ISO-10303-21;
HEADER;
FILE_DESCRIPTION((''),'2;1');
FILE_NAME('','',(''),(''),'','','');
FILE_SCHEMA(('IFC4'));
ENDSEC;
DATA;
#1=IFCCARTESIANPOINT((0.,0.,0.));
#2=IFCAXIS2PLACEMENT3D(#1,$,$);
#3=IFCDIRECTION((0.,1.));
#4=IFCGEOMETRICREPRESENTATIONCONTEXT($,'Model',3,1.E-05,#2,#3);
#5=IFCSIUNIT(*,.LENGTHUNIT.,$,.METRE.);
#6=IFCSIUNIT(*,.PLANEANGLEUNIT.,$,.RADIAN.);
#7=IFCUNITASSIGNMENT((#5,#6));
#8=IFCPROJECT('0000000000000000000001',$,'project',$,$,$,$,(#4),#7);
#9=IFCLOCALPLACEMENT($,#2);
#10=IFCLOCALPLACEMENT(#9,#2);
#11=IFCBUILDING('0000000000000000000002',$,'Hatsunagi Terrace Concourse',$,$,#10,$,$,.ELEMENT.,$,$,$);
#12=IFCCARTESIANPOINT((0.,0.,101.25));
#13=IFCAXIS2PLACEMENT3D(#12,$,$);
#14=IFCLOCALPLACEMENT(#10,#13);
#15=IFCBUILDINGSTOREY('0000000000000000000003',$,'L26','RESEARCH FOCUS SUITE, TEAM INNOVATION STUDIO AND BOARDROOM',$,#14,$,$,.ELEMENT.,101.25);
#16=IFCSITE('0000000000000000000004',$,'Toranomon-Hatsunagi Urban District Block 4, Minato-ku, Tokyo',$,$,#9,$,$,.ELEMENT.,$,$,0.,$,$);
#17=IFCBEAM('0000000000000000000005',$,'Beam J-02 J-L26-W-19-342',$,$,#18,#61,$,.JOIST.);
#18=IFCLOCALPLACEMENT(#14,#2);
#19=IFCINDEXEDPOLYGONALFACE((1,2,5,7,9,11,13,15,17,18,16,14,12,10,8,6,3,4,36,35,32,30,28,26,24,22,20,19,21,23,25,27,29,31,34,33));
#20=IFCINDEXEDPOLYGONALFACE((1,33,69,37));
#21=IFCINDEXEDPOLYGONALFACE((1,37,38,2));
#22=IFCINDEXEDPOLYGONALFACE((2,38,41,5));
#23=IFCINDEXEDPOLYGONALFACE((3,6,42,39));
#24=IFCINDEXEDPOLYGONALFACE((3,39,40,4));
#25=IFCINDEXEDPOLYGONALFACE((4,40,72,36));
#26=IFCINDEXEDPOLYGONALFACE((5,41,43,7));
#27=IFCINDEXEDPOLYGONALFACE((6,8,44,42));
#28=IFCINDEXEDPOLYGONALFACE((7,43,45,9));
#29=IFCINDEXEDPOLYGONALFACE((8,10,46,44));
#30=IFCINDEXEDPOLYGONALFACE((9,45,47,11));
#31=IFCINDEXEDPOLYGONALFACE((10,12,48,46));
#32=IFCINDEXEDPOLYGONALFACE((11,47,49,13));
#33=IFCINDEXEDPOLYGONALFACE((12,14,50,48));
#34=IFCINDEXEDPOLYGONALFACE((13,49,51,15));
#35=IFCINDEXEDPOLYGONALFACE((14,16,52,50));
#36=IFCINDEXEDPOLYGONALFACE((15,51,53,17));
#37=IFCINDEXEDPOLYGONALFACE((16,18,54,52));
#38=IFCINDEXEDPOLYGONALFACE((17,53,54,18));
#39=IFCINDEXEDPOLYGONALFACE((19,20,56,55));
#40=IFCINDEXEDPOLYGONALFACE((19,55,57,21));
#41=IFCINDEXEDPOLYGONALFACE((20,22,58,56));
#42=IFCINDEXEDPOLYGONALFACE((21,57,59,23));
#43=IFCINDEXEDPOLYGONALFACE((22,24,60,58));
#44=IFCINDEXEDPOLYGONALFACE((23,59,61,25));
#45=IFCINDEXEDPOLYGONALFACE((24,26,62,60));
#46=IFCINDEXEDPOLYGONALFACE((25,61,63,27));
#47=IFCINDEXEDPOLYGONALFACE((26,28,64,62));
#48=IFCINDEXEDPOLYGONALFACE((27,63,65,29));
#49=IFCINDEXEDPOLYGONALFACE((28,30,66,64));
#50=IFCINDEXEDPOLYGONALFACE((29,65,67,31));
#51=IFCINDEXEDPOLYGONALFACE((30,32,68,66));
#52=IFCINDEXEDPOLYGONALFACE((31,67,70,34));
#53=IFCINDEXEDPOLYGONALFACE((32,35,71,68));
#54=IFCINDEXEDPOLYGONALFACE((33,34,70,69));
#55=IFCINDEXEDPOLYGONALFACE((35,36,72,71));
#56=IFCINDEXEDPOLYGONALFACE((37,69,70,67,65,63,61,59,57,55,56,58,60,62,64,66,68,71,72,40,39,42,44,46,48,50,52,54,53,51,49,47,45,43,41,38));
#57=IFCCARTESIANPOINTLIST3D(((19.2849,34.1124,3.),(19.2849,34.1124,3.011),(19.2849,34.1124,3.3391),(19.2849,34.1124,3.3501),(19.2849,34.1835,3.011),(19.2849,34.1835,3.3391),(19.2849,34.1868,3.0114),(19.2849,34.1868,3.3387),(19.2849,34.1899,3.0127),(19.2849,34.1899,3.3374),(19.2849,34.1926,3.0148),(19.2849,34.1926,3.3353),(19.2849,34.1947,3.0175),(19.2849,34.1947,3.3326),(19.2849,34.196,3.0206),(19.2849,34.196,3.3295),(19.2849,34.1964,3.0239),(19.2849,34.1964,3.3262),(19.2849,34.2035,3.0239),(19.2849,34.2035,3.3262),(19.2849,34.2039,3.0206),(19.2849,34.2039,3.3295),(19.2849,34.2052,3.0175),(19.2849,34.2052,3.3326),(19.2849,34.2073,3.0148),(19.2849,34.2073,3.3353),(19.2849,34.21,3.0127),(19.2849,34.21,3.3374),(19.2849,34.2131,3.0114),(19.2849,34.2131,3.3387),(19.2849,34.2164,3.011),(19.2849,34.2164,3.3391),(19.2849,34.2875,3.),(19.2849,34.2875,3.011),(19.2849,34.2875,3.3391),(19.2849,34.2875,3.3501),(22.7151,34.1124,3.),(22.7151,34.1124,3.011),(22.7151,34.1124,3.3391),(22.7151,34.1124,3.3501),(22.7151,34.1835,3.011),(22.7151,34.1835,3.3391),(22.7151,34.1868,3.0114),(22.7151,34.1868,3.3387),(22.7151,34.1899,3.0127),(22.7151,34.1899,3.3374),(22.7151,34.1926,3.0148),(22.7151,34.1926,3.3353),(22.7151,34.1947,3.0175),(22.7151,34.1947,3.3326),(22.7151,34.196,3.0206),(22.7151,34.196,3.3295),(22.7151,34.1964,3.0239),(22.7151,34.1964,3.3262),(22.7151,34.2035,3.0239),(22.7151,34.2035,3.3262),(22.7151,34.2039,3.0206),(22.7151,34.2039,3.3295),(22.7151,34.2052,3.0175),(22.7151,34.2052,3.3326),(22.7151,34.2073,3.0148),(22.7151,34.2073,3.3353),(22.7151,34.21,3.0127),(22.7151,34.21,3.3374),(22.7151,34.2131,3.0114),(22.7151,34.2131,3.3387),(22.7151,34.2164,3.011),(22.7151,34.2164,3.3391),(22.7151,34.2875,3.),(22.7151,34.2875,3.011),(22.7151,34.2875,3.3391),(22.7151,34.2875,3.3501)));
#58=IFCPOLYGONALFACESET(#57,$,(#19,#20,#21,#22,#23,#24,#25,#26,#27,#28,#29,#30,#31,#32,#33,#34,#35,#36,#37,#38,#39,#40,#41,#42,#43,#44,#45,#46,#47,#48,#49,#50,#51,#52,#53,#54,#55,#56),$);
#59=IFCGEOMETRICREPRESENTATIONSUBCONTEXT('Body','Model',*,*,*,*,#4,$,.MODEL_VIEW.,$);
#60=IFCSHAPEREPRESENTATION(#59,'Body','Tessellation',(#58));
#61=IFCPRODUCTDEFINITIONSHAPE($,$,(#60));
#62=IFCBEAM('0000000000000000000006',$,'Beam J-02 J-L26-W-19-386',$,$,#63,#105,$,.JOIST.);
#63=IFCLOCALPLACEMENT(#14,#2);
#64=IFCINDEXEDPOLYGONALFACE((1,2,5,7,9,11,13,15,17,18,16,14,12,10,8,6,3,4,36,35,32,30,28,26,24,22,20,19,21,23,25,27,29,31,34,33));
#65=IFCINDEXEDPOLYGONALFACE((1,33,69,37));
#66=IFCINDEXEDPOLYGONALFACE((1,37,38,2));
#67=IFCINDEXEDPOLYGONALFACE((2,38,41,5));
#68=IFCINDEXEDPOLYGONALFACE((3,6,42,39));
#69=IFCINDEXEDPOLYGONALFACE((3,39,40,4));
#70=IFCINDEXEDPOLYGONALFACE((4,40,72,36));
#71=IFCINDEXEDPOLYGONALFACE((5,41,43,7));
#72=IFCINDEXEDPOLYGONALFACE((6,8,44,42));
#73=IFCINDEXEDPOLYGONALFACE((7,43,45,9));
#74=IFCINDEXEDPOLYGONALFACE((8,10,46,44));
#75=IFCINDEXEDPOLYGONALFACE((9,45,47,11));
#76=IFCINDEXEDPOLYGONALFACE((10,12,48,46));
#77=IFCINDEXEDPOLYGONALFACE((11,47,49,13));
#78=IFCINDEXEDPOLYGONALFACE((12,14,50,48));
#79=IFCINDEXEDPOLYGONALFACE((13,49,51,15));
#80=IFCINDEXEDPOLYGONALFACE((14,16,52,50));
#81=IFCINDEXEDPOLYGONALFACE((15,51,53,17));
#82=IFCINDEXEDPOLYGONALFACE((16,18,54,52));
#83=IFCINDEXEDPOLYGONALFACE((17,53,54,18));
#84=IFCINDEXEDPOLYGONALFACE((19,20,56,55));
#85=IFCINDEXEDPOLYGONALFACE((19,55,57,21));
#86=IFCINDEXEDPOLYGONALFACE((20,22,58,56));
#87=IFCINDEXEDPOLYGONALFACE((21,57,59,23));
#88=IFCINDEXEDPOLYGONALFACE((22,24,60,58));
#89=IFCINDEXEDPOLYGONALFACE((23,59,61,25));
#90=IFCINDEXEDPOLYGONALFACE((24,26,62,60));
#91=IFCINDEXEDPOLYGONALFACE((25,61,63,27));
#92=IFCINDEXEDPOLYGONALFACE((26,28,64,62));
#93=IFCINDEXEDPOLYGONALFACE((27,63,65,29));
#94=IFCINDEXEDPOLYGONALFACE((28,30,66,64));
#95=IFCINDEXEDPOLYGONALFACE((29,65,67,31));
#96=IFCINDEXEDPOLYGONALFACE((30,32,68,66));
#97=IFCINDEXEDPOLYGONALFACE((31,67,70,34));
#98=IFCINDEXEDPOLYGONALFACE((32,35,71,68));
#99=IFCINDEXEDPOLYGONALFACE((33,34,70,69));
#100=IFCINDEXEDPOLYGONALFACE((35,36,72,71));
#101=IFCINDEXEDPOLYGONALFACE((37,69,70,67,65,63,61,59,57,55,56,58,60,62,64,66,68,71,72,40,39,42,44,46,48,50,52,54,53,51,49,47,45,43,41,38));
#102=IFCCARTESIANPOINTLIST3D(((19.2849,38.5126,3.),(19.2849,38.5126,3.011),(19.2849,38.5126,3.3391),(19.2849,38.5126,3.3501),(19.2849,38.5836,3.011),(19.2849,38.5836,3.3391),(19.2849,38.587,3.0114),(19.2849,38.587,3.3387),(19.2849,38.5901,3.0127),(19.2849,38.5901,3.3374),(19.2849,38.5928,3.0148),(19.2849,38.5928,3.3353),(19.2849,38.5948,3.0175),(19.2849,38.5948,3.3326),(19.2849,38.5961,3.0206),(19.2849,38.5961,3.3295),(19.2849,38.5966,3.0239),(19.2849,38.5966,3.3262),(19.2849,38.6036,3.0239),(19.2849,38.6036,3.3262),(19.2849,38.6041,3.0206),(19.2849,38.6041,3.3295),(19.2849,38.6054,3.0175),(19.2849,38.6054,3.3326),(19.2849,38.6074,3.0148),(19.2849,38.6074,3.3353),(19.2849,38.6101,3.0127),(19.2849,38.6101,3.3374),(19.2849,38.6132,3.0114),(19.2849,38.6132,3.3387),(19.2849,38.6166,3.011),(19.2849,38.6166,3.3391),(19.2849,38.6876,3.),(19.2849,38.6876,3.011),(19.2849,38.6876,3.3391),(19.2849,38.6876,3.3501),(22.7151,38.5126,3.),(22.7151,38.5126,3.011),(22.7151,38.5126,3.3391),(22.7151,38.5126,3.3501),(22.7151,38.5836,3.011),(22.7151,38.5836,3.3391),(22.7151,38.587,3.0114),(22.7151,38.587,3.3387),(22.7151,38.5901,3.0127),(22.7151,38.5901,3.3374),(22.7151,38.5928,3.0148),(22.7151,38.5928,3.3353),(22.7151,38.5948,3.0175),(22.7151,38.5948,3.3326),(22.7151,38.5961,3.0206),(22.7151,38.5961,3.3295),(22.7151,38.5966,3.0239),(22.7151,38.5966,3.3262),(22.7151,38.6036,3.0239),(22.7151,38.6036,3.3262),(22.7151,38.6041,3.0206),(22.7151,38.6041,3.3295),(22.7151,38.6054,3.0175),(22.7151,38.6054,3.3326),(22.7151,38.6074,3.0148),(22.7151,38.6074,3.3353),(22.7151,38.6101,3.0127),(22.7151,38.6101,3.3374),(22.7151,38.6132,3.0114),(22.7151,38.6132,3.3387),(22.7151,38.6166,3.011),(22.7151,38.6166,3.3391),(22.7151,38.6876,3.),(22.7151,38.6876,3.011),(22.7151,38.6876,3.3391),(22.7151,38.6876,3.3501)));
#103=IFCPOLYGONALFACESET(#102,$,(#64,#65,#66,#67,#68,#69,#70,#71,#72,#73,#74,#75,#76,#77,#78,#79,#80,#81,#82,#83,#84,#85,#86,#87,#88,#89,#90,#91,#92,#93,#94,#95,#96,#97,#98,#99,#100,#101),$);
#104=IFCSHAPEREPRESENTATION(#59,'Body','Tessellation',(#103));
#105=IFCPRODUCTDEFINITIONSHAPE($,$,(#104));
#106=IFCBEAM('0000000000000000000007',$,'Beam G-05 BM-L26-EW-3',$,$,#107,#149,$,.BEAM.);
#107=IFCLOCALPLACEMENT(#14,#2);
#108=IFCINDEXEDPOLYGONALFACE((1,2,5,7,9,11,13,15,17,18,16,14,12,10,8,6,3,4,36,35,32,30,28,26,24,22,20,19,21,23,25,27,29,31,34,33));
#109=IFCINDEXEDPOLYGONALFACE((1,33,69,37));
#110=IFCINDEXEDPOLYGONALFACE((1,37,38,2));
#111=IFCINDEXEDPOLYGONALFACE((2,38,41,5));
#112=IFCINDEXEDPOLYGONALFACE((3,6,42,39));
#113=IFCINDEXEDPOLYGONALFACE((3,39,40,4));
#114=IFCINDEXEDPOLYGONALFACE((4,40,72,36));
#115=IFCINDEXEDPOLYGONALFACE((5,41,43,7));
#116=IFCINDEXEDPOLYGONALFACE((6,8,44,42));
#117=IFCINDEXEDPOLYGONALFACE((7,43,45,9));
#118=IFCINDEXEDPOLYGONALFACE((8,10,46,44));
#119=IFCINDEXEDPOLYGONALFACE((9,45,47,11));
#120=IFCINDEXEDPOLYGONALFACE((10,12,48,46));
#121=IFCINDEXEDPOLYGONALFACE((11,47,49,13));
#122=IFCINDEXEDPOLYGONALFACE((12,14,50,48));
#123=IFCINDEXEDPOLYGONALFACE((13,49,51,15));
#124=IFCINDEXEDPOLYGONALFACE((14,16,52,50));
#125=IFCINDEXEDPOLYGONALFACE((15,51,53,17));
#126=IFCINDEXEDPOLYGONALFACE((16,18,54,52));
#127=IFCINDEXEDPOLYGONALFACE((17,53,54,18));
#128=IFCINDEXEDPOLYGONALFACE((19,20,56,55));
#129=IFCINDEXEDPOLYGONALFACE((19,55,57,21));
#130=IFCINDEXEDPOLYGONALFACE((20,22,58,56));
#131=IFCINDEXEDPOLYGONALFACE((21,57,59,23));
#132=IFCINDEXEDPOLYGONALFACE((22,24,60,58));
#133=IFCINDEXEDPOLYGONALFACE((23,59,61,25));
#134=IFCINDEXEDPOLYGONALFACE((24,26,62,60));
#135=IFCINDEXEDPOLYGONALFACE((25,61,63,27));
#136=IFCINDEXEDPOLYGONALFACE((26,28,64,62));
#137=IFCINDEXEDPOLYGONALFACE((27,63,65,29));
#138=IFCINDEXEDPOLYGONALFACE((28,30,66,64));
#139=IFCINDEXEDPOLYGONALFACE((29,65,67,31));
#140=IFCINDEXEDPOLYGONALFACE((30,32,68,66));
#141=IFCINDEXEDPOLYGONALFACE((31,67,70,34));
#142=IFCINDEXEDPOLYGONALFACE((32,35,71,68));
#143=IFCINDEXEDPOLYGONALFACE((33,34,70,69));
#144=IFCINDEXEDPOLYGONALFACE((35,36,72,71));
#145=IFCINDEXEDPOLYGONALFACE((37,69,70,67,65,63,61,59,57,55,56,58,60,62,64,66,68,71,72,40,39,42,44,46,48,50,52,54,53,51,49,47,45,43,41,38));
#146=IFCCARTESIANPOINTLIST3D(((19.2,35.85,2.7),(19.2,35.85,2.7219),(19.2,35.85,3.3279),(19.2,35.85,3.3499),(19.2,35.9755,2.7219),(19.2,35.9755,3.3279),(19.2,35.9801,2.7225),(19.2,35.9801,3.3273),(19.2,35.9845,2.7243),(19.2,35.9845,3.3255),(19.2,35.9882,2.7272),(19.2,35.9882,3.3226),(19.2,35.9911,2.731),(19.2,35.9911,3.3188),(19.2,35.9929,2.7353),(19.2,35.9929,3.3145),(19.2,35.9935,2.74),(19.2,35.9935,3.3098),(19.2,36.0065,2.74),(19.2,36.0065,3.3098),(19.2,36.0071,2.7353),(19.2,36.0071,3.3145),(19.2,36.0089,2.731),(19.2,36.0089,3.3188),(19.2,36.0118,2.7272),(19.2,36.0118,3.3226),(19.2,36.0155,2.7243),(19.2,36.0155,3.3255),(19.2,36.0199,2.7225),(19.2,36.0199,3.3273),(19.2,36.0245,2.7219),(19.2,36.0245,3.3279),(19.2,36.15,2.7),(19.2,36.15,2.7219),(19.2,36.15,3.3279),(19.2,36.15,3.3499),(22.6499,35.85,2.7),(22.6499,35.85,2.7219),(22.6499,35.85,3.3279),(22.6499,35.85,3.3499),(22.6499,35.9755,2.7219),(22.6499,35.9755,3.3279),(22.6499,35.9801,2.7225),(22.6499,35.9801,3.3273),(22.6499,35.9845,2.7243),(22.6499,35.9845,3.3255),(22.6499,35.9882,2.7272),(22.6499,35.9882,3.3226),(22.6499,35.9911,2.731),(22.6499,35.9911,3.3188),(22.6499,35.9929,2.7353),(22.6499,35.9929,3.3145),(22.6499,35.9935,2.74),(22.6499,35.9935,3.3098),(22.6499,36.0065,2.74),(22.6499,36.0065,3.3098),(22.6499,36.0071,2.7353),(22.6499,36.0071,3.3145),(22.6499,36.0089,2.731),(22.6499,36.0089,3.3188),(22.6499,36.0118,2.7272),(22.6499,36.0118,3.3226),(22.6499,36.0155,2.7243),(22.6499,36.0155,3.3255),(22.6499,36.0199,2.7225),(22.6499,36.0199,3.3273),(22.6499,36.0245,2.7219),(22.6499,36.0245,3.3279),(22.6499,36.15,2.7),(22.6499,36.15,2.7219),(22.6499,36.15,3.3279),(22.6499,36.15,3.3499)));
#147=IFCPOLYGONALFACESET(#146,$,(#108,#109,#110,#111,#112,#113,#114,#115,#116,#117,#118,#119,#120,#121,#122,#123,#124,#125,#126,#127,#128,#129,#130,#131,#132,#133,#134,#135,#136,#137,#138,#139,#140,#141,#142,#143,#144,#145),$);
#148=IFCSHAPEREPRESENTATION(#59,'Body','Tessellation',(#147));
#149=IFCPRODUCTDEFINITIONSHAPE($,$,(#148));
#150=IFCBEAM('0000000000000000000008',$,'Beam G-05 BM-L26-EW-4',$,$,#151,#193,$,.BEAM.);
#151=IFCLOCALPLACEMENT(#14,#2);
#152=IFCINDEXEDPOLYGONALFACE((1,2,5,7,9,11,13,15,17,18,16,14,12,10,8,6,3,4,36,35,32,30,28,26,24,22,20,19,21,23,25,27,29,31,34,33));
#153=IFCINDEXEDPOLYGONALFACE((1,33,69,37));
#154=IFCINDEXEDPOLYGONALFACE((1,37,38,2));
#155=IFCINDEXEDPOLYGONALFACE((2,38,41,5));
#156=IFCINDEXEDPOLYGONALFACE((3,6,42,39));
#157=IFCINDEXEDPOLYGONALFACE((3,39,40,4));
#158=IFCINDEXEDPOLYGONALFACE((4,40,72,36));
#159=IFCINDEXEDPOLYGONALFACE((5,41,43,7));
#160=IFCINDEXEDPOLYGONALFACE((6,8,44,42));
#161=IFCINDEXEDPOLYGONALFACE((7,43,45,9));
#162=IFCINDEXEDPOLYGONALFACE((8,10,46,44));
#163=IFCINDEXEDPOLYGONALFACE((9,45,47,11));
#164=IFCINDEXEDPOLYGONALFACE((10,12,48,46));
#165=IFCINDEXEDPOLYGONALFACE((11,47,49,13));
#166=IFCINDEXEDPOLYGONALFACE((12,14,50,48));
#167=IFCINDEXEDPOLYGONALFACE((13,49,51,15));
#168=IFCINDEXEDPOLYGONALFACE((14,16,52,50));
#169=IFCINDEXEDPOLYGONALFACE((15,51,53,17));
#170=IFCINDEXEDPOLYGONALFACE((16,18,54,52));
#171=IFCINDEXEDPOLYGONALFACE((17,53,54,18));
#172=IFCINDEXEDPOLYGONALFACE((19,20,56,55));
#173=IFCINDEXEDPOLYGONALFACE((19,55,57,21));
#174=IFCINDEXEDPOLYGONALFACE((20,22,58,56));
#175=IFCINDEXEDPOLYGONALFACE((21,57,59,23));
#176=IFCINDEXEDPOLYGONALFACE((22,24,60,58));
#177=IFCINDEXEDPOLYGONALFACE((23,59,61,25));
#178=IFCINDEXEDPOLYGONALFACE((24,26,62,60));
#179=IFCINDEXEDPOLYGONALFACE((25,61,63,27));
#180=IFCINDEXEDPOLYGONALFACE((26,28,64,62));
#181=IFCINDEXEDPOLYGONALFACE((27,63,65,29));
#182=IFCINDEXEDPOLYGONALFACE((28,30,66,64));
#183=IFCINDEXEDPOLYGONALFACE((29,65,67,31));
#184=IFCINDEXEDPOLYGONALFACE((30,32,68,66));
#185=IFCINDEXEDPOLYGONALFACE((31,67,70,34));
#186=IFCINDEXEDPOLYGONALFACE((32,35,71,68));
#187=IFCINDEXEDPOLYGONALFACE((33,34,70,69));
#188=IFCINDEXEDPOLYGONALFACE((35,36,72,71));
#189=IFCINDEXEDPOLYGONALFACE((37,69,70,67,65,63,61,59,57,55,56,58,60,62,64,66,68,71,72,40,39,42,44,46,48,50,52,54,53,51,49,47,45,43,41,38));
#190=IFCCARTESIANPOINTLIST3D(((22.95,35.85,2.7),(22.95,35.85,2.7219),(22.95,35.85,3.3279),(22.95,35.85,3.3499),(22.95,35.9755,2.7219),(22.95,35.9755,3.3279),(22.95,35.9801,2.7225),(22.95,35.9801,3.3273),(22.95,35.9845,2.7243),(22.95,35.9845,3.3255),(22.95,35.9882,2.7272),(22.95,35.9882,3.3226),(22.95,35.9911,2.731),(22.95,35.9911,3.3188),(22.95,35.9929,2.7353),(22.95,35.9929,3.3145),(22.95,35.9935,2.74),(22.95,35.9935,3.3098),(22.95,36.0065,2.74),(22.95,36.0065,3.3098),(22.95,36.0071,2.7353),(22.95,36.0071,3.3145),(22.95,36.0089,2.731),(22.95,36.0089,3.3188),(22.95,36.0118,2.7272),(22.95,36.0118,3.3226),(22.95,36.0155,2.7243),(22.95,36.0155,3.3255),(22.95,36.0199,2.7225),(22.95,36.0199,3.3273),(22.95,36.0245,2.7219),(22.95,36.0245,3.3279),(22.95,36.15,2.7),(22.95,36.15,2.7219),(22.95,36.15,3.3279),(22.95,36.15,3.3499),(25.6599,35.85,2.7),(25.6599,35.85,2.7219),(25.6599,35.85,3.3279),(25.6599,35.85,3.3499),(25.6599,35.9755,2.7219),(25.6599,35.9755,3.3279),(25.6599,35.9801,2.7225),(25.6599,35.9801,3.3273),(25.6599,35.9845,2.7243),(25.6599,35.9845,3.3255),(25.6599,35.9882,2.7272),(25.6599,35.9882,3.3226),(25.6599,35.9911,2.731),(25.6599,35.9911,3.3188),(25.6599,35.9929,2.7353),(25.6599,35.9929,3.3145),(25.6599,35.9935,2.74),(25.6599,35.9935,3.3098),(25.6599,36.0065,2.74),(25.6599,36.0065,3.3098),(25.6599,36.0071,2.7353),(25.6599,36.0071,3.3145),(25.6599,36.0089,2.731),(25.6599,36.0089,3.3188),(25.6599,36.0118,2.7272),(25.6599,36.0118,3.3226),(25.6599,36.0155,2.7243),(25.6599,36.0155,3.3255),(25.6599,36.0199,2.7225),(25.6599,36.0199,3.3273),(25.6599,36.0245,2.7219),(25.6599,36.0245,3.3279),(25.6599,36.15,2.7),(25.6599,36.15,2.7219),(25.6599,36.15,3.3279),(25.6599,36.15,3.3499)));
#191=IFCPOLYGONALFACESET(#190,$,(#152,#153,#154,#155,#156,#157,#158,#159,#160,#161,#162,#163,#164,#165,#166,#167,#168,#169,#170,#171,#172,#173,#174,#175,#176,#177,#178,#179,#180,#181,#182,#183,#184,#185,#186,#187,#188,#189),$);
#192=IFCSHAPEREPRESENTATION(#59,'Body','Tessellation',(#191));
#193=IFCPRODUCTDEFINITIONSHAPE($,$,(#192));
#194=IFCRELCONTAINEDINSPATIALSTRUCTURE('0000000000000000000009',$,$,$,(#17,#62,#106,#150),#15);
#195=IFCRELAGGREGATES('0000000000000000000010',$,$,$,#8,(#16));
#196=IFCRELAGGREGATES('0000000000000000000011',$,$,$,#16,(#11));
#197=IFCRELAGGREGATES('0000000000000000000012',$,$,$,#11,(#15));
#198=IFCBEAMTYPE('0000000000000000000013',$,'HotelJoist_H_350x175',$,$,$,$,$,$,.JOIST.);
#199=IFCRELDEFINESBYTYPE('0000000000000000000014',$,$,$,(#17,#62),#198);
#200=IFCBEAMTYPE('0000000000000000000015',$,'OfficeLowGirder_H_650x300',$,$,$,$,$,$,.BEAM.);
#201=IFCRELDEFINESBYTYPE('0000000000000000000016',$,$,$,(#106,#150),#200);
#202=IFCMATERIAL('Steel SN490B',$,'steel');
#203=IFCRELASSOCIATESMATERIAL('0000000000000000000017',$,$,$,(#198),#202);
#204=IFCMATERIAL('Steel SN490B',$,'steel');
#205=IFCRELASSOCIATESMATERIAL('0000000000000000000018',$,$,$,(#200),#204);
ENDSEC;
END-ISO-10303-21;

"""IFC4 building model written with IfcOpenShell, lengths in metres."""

from ifc_helpers import new_model, si_unit, direction, frame, origin, origin_2d, place, context, subcontext, project, spatial, i_section, extrude, material, material_profile, profile_set, type_object, element, save


model = new_model("IFC4")

# Units and contexts
model_context = context("Model", 3, precision=1e-05, world=origin(), true_north=direction((0.0, 1.0)))
body_context = subcontext(model_context, "Body", "Model", "MODEL_VIEW")
ifc_project = project(units=[si_unit("LENGTHUNIT", "METRE"), si_unit("PLANEANGLEUNIT", "RADIAN")], contexts=[model_context])

# Site, building, storey
site_placement = place(None, origin())
site = spatial("IfcSite", under=ifc_project, at=site_placement, Name="Toranomon-Hatsunagi Urban District Block 4, Minato-ku, Tokyo", CompositionType="ELEMENT", RefElevation=0.0)
building_placement = place(site_placement, origin())
building = spatial("IfcBuilding", under=site, at=building_placement, Name="Hatsunagi Terrace Concourse", CompositionType="ELEMENT")
storey_placement = place(building_placement, frame((0.0, 0.0, 101.25)))
storey = spatial("IfcBuildingStorey", under=building, at=storey_placement, Name="L26", Description="RESEARCH FOCUS SUITE, TEAM INNOVATION STUDIO AND BOARDROOM", CompositionType="ELEMENT", Elevation=101.25)

# Beams
ifc_material_1 = material(Name="Steel SN490B", Category="steel")
ifc_material_profile_1 = material_profile(ifc_material_1, i_section(OverallWidth=0.175, OverallDepth=0.3501, WebThickness=0.0071, FlangeThickness=0.011, FilletRadius=0.0129, at=origin_2d()), Name="H-350x175x7x11")
ifc_profile_set_1 = profile_set([ifc_material_profile_1], Name="Steel SN490B")
beam_type_1 = type_object("IfcBeamType", Name="HotelJoist_H_350x175", PredefinedType="JOIST", material=ifc_profile_set_1)
for number, where, z_axis, x_axis, name in (
    (1, (19.2849, 34.2, 3.175), (1.0, 0.0, 0.0), (0.0, 1.0, 0.0), "Beam J-02 J-L26-W-19-342"),
    (2, (19.2849, 38.6001, 3.175), (1.0, 0.0, 0.0), (0.0, 1.0, 0.0), "Beam J-02 J-L26-W-19-386"),
):
    element("IfcBeam", number, at=place(storey_placement, frame(where, z_axis=z_axis, x_axis=x_axis)), inside=storey, type_object=beam_type_1, Name=name, PredefinedType="JOIST", context=body_context, shape_type="SweptSolid", body=[
        extrude(i_section(OverallWidth=0.175, OverallDepth=0.3501, WebThickness=0.0071, FlangeThickness=0.011, FilletRadius=0.0129, at=origin_2d()), origin(), (0.0, 0.0, 1.0), 3.4302),
    ])
ifc_material_2 = material(Name="Steel SN490B", Category="steel")
ifc_material_profile_2 = material_profile(ifc_material_2, i_section(OverallWidth=0.3, OverallDepth=0.6499, WebThickness=0.0129, FlangeThickness=0.022, FilletRadius=0.0181, at=origin_2d()), Name="H-650x300x13x22")
ifc_profile_set_2 = profile_set([ifc_material_profile_2], Name="Steel SN490B")
beam_type_2 = type_object("IfcBeamType", Name="OfficeLowGirder_H_650x300", PredefinedType="BEAM", material=ifc_profile_set_2)
beam_1_placement = place(storey_placement, frame((19.2, 36.0, 3.0249), z_axis=(1.0, 0.0, 0.0), x_axis=(0.0, 1.0, 0.0)))
element("IfcBeam", 3, at=beam_1_placement, inside=storey, type_object=beam_type_2, Name="Beam G-05 BM-L26-EW-3", PredefinedType="BEAM", context=body_context, shape_type="SweptSolid", body=[
    extrude(i_section(OverallWidth=0.3, OverallDepth=0.6499, WebThickness=0.0129, FlangeThickness=0.022, FilletRadius=0.0181, at=origin_2d()), origin(), (0.0, 0.0, 1.0), 3.45),
])
beam_2_placement = place(storey_placement, frame((22.95, 36.0, 3.0249), z_axis=(1.0, 0.0, 0.0), x_axis=(0.0, 1.0, 0.0)))
element("IfcBeam", 4, at=beam_2_placement, inside=storey, type_object=beam_type_2, Name="Beam G-05 BM-L26-EW-4", PredefinedType="BEAM", context=body_context, shape_type="SweptSolid", body=[
    extrude(i_section(OverallWidth=0.3, OverallDepth=0.6499, WebThickness=0.0129, FlangeThickness=0.022, FilletRadius=0.0181, at=origin_2d()), origin(), (0.0, 0.0, 1.0), 2.71),
])

save(model, "model.ifc")
